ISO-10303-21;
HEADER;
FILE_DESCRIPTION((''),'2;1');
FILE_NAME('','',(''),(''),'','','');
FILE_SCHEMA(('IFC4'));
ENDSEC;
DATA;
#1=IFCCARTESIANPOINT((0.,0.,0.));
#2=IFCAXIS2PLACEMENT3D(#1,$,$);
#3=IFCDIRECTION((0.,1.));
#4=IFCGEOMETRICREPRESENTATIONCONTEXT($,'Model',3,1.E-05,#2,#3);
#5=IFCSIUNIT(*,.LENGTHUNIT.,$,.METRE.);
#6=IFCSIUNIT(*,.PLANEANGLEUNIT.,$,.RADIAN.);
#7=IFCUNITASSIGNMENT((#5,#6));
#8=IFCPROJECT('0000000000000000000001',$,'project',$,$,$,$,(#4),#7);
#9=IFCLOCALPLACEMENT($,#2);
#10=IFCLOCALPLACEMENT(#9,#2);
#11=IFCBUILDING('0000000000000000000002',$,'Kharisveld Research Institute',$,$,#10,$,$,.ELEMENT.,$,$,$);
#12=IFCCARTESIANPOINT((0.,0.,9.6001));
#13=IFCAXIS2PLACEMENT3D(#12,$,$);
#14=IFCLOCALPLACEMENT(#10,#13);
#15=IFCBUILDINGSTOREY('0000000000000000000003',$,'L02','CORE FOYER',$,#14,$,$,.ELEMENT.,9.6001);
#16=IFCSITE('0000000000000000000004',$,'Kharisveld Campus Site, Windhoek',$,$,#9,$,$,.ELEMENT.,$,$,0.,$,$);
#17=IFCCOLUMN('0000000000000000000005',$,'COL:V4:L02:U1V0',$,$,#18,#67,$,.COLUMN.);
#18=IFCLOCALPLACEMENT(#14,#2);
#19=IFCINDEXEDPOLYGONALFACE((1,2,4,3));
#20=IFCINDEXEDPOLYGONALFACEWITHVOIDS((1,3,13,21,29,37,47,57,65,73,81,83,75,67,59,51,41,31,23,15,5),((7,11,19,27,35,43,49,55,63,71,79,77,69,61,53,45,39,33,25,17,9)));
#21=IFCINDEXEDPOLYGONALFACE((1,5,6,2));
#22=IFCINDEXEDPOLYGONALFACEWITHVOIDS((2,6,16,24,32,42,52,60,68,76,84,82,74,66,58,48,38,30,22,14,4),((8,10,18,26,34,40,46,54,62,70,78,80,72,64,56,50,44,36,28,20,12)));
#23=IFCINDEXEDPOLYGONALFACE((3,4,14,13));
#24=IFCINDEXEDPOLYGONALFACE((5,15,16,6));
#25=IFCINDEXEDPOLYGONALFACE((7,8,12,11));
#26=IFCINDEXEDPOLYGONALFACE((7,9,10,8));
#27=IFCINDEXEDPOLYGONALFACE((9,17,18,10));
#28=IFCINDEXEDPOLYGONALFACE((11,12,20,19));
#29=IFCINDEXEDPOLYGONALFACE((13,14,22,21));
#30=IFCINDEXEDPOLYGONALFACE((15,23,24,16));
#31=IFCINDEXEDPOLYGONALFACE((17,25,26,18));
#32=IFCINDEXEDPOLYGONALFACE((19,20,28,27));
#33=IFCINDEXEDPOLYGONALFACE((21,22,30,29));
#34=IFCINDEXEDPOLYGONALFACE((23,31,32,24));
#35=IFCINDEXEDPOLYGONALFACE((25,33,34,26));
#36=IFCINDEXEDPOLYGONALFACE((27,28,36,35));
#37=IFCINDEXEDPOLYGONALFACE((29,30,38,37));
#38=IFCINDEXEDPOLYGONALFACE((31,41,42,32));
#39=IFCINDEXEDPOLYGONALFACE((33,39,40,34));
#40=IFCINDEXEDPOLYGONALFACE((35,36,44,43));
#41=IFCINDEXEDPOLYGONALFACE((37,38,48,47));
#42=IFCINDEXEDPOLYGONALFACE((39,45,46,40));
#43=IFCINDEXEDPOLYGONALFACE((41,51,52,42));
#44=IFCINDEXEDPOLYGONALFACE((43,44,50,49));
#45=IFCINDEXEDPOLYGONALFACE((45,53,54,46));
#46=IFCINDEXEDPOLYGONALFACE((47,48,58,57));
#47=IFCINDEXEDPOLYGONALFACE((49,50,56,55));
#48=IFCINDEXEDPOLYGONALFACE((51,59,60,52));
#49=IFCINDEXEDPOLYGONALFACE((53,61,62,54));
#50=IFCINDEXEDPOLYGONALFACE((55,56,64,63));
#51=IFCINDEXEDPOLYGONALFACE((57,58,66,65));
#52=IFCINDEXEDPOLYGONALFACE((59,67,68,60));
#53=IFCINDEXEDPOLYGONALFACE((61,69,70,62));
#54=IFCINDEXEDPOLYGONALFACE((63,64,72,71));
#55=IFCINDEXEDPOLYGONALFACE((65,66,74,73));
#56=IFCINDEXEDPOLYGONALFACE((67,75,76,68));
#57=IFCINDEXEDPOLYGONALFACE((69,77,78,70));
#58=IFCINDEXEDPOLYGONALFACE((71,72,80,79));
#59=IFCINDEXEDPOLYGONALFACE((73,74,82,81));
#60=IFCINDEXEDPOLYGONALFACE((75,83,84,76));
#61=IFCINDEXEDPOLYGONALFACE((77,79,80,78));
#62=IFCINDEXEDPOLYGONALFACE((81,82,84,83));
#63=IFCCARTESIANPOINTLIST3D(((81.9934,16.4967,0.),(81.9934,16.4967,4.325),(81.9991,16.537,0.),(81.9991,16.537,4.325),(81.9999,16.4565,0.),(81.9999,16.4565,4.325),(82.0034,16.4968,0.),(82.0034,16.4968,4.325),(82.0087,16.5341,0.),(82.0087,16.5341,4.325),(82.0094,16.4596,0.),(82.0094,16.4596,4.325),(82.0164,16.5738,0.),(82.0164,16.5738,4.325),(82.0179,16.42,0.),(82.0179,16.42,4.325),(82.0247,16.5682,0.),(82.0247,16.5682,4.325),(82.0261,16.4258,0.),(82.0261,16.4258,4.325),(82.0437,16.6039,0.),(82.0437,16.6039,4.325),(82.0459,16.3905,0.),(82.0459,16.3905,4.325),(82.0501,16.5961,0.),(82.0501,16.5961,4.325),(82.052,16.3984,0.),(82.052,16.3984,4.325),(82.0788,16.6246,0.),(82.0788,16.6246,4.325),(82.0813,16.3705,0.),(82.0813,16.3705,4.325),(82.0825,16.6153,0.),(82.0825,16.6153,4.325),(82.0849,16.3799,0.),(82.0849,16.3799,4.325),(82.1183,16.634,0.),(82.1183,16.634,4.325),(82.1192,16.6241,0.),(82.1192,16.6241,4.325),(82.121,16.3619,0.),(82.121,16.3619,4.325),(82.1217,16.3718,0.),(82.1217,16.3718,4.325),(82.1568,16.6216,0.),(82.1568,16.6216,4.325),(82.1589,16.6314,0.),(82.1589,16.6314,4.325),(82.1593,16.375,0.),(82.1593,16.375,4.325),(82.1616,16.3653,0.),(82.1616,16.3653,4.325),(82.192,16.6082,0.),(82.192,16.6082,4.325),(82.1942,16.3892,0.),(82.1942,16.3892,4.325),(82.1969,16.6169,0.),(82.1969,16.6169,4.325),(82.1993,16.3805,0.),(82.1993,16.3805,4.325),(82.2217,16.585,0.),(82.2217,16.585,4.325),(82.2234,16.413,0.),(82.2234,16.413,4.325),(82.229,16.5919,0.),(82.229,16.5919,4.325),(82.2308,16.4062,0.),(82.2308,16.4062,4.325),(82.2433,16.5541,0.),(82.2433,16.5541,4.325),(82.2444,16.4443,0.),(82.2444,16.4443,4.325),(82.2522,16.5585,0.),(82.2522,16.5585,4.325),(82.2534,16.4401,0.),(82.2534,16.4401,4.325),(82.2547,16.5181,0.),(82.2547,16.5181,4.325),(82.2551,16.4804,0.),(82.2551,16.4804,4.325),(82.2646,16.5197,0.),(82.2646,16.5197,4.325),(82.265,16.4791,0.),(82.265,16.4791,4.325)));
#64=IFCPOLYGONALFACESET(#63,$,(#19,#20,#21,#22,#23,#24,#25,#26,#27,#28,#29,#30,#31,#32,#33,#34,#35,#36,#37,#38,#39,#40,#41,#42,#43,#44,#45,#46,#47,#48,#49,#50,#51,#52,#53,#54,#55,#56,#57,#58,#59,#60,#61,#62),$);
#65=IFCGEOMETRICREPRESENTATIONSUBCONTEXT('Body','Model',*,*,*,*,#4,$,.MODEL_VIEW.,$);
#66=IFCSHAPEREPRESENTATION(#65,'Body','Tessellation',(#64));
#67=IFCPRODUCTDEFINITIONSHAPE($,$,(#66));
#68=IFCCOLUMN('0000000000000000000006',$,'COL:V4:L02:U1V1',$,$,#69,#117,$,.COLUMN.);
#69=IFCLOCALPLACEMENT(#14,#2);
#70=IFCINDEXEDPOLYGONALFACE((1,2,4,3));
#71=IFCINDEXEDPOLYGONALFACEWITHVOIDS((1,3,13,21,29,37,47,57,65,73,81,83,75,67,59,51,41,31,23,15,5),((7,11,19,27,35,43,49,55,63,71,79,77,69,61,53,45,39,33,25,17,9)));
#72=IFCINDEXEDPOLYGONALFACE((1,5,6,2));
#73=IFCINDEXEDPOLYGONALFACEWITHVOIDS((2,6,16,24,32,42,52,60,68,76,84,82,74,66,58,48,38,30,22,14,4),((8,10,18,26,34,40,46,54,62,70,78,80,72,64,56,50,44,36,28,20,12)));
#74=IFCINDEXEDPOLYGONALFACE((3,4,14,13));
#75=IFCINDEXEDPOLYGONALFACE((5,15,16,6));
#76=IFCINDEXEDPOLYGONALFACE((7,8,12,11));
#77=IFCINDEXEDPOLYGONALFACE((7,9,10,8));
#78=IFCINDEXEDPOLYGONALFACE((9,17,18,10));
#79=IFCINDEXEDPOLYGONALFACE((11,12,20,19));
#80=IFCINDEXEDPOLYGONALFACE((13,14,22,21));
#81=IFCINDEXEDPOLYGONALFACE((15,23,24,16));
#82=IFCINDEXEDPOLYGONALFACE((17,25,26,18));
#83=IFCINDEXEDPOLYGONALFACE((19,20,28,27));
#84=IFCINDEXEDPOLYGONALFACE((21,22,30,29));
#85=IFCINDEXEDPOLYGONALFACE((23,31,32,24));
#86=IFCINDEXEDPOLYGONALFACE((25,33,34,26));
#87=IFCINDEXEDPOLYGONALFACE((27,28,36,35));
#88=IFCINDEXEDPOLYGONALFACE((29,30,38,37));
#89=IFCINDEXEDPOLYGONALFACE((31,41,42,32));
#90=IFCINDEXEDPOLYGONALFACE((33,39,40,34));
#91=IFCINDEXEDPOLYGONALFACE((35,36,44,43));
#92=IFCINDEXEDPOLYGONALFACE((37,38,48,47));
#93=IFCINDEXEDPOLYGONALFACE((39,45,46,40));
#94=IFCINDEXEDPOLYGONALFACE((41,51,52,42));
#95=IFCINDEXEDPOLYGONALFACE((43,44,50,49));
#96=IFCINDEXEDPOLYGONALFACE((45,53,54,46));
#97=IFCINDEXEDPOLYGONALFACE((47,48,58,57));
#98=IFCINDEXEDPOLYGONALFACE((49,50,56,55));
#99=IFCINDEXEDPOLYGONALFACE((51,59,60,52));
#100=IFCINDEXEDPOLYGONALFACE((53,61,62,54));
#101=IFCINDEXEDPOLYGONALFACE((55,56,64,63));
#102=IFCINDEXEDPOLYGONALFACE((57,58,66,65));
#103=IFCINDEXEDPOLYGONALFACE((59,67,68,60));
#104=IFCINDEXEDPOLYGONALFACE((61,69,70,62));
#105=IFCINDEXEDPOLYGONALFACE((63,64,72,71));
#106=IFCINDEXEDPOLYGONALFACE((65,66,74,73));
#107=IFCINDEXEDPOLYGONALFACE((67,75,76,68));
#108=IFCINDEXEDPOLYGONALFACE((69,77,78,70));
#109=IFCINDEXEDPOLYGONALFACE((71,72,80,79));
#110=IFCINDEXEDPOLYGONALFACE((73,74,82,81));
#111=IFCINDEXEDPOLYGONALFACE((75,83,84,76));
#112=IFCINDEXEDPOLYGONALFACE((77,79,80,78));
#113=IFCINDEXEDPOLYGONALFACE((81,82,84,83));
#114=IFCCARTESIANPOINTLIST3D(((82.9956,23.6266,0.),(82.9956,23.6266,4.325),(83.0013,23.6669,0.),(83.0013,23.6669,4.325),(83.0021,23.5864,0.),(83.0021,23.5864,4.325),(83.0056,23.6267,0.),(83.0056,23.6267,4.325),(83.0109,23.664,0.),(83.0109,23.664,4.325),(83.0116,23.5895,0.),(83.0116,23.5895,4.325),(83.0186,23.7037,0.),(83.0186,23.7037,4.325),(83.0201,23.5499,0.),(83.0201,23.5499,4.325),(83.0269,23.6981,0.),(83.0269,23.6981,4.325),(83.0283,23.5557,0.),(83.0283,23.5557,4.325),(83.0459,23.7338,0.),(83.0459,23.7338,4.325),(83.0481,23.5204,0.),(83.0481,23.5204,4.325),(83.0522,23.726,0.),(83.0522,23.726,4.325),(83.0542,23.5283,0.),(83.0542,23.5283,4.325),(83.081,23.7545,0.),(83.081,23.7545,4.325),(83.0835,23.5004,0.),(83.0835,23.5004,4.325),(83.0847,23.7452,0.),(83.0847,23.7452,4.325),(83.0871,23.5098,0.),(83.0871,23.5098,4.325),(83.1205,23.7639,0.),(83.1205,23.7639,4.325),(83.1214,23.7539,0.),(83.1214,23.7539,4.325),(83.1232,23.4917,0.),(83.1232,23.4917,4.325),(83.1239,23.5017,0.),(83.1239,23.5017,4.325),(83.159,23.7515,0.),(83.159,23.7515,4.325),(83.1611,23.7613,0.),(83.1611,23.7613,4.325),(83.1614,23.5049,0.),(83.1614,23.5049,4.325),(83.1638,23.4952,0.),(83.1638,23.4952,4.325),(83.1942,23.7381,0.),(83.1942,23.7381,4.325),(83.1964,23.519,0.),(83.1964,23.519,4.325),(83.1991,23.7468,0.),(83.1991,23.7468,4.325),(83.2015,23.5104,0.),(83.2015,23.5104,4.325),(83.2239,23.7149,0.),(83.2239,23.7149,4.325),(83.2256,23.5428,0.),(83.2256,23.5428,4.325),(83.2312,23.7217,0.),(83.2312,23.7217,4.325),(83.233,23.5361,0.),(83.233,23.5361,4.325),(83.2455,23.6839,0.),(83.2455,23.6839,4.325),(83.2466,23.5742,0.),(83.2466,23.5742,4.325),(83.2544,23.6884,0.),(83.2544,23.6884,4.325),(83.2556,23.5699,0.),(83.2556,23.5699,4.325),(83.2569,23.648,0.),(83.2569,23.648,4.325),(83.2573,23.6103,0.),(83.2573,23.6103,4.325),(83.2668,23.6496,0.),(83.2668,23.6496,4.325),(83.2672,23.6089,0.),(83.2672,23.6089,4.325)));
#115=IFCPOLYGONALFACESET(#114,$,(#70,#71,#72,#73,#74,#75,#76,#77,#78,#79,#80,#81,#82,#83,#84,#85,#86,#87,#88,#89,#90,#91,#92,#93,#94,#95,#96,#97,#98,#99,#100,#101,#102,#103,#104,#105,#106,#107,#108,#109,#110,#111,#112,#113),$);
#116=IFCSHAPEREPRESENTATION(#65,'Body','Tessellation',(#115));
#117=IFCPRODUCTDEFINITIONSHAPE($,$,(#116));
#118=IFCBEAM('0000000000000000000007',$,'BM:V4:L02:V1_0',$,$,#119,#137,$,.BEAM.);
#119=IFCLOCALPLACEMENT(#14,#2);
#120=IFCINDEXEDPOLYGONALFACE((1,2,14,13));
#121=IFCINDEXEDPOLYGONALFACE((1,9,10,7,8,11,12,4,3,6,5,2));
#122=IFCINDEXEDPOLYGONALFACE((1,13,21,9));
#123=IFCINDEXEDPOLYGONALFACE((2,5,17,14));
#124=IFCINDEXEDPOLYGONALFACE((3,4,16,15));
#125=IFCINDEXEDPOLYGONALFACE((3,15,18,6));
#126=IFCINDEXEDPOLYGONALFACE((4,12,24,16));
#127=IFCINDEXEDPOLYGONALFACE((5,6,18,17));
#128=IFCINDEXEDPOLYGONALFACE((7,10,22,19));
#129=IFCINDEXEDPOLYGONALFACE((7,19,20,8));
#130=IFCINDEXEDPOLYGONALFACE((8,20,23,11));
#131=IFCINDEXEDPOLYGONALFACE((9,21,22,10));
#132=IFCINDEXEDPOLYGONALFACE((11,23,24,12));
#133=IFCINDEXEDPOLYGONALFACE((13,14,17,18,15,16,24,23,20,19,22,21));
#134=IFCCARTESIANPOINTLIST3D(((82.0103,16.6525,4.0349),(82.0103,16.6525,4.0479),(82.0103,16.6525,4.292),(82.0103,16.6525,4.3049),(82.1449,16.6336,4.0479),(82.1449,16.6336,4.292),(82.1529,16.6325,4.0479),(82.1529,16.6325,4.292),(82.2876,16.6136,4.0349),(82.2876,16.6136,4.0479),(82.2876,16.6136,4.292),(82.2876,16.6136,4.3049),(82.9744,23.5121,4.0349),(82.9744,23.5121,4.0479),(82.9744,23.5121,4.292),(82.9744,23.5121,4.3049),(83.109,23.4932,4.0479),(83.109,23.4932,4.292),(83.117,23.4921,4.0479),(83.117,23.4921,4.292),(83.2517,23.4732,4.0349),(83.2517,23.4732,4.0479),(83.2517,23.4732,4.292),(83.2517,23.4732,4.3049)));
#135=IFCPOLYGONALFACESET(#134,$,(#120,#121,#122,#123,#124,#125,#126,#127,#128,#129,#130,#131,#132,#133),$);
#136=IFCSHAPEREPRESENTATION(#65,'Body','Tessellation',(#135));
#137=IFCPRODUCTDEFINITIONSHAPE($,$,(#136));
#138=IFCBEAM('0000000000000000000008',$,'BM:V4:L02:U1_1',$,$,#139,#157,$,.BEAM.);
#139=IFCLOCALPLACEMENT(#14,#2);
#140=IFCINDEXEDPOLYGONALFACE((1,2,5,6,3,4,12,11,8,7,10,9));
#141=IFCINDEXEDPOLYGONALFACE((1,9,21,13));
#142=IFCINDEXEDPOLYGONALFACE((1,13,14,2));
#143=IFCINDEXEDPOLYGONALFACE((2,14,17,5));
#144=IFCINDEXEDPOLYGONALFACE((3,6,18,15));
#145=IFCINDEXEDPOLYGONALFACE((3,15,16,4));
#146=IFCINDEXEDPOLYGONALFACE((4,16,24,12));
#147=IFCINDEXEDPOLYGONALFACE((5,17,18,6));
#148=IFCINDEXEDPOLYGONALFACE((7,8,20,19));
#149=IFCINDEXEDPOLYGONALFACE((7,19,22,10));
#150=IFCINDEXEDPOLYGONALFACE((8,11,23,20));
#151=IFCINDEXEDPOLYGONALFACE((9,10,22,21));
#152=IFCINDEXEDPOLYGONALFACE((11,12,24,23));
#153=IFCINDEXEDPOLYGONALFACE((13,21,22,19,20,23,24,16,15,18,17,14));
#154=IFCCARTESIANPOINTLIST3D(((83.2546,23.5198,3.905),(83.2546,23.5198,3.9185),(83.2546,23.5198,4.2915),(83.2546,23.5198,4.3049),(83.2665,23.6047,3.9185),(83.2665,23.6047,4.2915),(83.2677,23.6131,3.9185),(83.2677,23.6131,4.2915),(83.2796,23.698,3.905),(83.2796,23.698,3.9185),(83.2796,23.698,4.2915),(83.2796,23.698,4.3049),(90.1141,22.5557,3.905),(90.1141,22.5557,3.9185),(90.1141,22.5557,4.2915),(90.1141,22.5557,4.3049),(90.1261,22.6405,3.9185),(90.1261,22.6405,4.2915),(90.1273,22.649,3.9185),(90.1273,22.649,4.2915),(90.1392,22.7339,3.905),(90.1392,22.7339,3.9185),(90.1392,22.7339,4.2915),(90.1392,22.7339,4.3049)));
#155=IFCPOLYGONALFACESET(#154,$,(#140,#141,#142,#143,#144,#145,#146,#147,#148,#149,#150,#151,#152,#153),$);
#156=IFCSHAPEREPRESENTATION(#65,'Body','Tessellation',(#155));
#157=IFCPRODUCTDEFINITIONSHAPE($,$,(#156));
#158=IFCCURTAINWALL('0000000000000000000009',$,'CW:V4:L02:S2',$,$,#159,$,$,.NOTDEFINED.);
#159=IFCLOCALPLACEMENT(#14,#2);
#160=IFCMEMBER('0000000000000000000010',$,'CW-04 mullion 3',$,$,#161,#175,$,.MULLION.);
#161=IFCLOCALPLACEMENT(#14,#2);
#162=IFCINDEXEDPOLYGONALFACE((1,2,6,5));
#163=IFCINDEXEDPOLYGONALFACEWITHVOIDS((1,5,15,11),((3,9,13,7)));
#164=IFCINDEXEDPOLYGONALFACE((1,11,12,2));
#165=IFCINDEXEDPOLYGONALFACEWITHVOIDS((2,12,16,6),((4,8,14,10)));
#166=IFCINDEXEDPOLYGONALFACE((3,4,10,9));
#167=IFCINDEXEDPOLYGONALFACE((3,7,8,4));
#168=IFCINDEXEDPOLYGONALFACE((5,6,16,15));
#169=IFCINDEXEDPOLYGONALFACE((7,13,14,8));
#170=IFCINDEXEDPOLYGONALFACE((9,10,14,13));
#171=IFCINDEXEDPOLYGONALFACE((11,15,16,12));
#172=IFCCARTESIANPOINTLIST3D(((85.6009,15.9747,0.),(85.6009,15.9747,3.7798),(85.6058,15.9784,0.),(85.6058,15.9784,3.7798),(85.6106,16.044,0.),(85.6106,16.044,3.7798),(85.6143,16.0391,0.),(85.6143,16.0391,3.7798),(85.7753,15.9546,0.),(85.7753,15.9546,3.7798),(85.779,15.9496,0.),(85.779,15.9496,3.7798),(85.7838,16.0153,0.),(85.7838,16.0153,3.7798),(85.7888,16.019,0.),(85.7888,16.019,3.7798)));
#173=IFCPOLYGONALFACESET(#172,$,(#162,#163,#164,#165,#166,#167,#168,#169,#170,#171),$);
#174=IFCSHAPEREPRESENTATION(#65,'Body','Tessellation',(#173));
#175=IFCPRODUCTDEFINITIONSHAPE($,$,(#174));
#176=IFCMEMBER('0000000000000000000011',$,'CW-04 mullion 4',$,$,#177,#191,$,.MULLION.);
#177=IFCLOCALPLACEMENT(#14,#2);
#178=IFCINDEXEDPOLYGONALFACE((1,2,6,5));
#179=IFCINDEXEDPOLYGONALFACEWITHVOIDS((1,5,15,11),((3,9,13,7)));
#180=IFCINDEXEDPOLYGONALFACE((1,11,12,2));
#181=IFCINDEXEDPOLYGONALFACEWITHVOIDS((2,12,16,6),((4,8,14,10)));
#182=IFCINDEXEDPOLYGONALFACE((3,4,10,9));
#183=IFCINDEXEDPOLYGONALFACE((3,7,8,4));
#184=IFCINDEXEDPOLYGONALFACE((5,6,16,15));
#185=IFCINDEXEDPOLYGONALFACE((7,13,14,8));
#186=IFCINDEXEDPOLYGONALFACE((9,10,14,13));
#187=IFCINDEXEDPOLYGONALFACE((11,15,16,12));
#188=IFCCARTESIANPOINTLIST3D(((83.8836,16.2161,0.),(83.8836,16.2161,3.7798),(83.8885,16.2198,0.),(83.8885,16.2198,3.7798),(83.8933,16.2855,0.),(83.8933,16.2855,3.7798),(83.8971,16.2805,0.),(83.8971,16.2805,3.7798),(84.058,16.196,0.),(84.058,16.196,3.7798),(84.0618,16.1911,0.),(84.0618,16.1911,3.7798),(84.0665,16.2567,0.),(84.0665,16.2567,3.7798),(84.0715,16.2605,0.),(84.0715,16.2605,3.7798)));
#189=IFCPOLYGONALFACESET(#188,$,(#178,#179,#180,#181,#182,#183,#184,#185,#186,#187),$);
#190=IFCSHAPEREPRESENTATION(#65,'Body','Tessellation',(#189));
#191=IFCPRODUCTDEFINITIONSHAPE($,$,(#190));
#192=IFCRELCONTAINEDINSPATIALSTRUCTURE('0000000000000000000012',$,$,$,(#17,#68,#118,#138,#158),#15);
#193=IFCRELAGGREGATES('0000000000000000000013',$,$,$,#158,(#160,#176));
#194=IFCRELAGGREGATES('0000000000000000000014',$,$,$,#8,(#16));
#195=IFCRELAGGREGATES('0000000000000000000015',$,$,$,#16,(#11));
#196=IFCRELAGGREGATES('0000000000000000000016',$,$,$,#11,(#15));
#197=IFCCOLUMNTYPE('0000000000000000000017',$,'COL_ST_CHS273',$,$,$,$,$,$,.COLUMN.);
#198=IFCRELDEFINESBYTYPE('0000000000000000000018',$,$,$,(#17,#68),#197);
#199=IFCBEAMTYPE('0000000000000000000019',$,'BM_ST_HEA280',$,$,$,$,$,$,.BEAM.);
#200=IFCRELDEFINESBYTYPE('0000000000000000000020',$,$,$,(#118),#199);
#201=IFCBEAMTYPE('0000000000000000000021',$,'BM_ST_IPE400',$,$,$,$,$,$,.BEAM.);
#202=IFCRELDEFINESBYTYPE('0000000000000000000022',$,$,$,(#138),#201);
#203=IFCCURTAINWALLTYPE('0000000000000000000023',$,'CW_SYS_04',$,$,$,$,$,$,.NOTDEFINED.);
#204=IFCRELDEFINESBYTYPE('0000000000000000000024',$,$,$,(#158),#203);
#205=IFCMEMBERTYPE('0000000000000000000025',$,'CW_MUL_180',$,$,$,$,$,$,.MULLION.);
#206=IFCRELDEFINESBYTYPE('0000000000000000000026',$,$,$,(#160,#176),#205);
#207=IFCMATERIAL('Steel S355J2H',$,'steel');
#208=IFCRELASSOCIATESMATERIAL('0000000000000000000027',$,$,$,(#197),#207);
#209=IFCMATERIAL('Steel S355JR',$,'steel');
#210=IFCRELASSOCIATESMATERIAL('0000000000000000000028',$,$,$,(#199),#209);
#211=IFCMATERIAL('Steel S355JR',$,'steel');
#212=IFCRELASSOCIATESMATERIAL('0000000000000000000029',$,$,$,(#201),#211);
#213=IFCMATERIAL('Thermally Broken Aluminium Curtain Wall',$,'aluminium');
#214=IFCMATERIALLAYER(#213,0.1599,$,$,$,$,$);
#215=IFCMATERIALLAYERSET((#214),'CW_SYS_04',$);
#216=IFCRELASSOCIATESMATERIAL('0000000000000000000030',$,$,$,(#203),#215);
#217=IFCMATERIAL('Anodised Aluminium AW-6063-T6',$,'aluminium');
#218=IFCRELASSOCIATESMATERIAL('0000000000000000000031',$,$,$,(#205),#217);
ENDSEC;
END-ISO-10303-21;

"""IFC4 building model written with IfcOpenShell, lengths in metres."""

from ifc_helpers import new_model, si_unit, direction, frame, origin, origin_2d, place, context, subcontext, project, spatial, hollow_rectangle, hollow_circle, i_section, extrude, material, layer, layer_set, material_profile, profile_set, type_object, element, aggregate, save


model = new_model("IFC4")

# Units and contexts
model_context = context("Model", 3, precision=1e-05, world=origin(), true_north=direction((0.0, 1.0)))
body_context = subcontext(model_context, "Body", "Model", "MODEL_VIEW")
ifc_project = project(units=[si_unit("LENGTHUNIT", "METRE"), si_unit("PLANEANGLEUNIT", "RADIAN")], contexts=[model_context])

# Site, building, storey
site_placement = place(None, origin())
site = spatial("IfcSite", under=ifc_project, at=site_placement, Name="Kharisveld Campus Site, Windhoek", CompositionType="ELEMENT", RefElevation=0.0)
building_placement = place(site_placement, origin())
building = spatial("IfcBuilding", under=site, at=building_placement, Name="Kharisveld Research Institute", CompositionType="ELEMENT")
storey_placement = place(building_placement, frame((0.0, 0.0, 9.6001)))
storey = spatial("IfcBuildingStorey", under=building, at=storey_placement, Name="L02", Description="CORE FOYER", CompositionType="ELEMENT", Elevation=9.6001)

# Columns
ifc_material_1 = material(Name="Steel S355J2H", Category="steel")
ifc_material_profile_1 = material_profile(ifc_material_1, hollow_circle(Radius=0.1365, WallThickness=0.01, at=origin_2d()))
ifc_profile_set_1 = profile_set([ifc_material_profile_1], Name="Steel S355J2H")
column_type = type_object("IfcColumnType", Name="COL_ST_CHS273", PredefinedType="COLUMN", material=ifc_profile_set_1)
for number, where, z_axis, x_axis, name in (
    (1, (82.1299, 16.498, 0.0), (0.0, 0.0, 1.0), (0.990268, -0.139173, 0.0), "COL:V4:L02:U1V0"),
    (2, (83.1321, 23.6279, 0.0), (0.0, 0.0, 1.0), (0.990268, -0.139173, 0.0), "COL:V4:L02:U1V1"),
):
    element("IfcColumn", number, at=place(storey_placement, frame(where, z_axis=z_axis, x_axis=x_axis)), inside=storey, type_object=column_type, Name=name, PredefinedType="COLUMN", context=body_context, shape_type="SweptSolid", body=[
        extrude(hollow_circle(Radius=0.1365, WallThickness=0.01, at=origin_2d()), origin(), (0.0, 0.0, 1.0), 4.325),
    ])

# Beams
ifc_material_2 = material(Name="Steel S355JR", Category="steel")
ifc_material_profile_2 = material_profile(ifc_material_2, i_section(OverallWidth=0.28, OverallDepth=0.27, WebThickness=0.0081, FlangeThickness=0.0129, at=origin_2d()))
ifc_profile_set_2 = profile_set([ifc_material_profile_2], Name="Steel S355JR")
beam_type_1 = type_object("IfcBeamType", Name="BM_ST_HEA280", PredefinedType="BEAM", material=ifc_profile_set_2)
beam_1_placement = place(storey_placement, frame((82.1489, 16.6331, 4.1699), z_axis=(0.139181, 0.990267, 0.0), x_axis=(-0.990267, 0.139181, 0.0)))
element("IfcBeam", 3, at=beam_1_placement, inside=storey, type_object=beam_type_1, Name="BM:V4:L02:V1_0", PredefinedType="BEAM", context=body_context, shape_type="SweptSolid", body=[
    extrude(i_section(OverallWidth=0.28, OverallDepth=0.27, WebThickness=0.0081, FlangeThickness=0.0129, at=origin_2d()), origin(), (0.0, 0.0, 1.0), 6.927),
])
ifc_material_3 = material(Name="Steel S355JR", Category="steel")
ifc_material_profile_3 = material_profile(ifc_material_3, i_section(OverallWidth=0.1799, OverallDepth=0.3999, WebThickness=0.0085, FlangeThickness=0.0134, at=origin_2d()))
ifc_profile_set_3 = profile_set([ifc_material_profile_3], Name="Steel S355JR")
beam_type_2 = type_object("IfcBeamType", Name="BM_ST_IPE400", PredefinedType="BEAM", material=ifc_profile_set_3)
beam_2_placement = place(storey_placement, frame((83.2671, 23.6089, 4.105), z_axis=(0.990267, -0.139181, 0.0), x_axis=(0.139181, 0.990267, 0.0)))
element("IfcBeam", 4, at=beam_2_placement, inside=storey, type_object=beam_type_2, Name="BM:V4:L02:U1_1", PredefinedType="BEAM", context=body_context, shape_type="SweptSolid", body=[
    extrude(i_section(OverallWidth=0.1799, OverallDepth=0.3999, WebThickness=0.0085, FlangeThickness=0.0134, at=origin_2d()), origin(), (0.0, 0.0, 1.0), 6.927),
])

# Curtain wall, members
ifc_material_4 = material(Name="Thermally Broken Aluminium Curtain Wall", Category="aluminium")
ifc_layer_1 = layer(ifc_material_4, 0.1599)
ifc_layer_set_1 = layer_set([ifc_layer_1], Name="CW_SYS_04")
curtain_wall_type = type_object("IfcCurtainWallType", Name="CW_SYS_04", PredefinedType="NOTDEFINED", material=ifc_layer_set_1)
curtain_wall_placement = place(storey_placement, origin())
curtain_wall = element("IfcCurtainWall", 5, at=curtain_wall_placement, inside=storey, type_object=curtain_wall_type, Name="CW:V4:L02:S2", PredefinedType="NOTDEFINED")
ifc_material_5 = material(Name="Anodised Aluminium AW-6063-T6", Category="aluminium")
ifc_material_profile_4 = material_profile(ifc_material_5, hollow_rectangle(XDim=0.0701, YDim=0.1799, WallThickness=0.0044, at=origin_2d()))
ifc_profile_set_4 = profile_set([ifc_material_profile_4], Name="Anodised Aluminium AW-6063-T6")
member_type_1 = type_object("IfcMemberType", Name="CW_MUL_180", PredefinedType="MULLION", material=ifc_profile_set_4)
member_1_placement = place(storey_placement, frame((85.6948, 15.9968, 0.0), z_axis=(0.0, 0.0, 1.0), x_axis=(-0.139173, -0.990268, 0.0)))
member_1 = element("IfcMember", 6, at=member_1_placement, type_object=member_type_1, Name="CW-04 mullion 3", PredefinedType="MULLION", context=body_context, shape_type="SweptSolid", body=[
    extrude(hollow_rectangle(XDim=0.0701, YDim=0.1799, WallThickness=0.0044, at=origin_2d()), origin(), (0.0, 0.0, 1.0), 3.7798),
])
member_2_placement = place(storey_placement, frame((83.9775, 16.2383, 0.0), z_axis=(0.0, 0.0, 1.0), x_axis=(-0.139173, -0.990268, 0.0)))
member_2 = element("IfcMember", 7, at=member_2_placement, type_object=member_type_1, Name="CW-04 mullion 4", PredefinedType="MULLION", context=body_context, shape_type="SweptSolid", body=[
    extrude(hollow_rectangle(XDim=0.0701, YDim=0.1799, WallThickness=0.0044, at=origin_2d()), origin(), (0.0, 0.0, 1.0), 3.7798),
])

aggregate(curtain_wall, [member_1, member_2])

save(model, "model.ifc")
